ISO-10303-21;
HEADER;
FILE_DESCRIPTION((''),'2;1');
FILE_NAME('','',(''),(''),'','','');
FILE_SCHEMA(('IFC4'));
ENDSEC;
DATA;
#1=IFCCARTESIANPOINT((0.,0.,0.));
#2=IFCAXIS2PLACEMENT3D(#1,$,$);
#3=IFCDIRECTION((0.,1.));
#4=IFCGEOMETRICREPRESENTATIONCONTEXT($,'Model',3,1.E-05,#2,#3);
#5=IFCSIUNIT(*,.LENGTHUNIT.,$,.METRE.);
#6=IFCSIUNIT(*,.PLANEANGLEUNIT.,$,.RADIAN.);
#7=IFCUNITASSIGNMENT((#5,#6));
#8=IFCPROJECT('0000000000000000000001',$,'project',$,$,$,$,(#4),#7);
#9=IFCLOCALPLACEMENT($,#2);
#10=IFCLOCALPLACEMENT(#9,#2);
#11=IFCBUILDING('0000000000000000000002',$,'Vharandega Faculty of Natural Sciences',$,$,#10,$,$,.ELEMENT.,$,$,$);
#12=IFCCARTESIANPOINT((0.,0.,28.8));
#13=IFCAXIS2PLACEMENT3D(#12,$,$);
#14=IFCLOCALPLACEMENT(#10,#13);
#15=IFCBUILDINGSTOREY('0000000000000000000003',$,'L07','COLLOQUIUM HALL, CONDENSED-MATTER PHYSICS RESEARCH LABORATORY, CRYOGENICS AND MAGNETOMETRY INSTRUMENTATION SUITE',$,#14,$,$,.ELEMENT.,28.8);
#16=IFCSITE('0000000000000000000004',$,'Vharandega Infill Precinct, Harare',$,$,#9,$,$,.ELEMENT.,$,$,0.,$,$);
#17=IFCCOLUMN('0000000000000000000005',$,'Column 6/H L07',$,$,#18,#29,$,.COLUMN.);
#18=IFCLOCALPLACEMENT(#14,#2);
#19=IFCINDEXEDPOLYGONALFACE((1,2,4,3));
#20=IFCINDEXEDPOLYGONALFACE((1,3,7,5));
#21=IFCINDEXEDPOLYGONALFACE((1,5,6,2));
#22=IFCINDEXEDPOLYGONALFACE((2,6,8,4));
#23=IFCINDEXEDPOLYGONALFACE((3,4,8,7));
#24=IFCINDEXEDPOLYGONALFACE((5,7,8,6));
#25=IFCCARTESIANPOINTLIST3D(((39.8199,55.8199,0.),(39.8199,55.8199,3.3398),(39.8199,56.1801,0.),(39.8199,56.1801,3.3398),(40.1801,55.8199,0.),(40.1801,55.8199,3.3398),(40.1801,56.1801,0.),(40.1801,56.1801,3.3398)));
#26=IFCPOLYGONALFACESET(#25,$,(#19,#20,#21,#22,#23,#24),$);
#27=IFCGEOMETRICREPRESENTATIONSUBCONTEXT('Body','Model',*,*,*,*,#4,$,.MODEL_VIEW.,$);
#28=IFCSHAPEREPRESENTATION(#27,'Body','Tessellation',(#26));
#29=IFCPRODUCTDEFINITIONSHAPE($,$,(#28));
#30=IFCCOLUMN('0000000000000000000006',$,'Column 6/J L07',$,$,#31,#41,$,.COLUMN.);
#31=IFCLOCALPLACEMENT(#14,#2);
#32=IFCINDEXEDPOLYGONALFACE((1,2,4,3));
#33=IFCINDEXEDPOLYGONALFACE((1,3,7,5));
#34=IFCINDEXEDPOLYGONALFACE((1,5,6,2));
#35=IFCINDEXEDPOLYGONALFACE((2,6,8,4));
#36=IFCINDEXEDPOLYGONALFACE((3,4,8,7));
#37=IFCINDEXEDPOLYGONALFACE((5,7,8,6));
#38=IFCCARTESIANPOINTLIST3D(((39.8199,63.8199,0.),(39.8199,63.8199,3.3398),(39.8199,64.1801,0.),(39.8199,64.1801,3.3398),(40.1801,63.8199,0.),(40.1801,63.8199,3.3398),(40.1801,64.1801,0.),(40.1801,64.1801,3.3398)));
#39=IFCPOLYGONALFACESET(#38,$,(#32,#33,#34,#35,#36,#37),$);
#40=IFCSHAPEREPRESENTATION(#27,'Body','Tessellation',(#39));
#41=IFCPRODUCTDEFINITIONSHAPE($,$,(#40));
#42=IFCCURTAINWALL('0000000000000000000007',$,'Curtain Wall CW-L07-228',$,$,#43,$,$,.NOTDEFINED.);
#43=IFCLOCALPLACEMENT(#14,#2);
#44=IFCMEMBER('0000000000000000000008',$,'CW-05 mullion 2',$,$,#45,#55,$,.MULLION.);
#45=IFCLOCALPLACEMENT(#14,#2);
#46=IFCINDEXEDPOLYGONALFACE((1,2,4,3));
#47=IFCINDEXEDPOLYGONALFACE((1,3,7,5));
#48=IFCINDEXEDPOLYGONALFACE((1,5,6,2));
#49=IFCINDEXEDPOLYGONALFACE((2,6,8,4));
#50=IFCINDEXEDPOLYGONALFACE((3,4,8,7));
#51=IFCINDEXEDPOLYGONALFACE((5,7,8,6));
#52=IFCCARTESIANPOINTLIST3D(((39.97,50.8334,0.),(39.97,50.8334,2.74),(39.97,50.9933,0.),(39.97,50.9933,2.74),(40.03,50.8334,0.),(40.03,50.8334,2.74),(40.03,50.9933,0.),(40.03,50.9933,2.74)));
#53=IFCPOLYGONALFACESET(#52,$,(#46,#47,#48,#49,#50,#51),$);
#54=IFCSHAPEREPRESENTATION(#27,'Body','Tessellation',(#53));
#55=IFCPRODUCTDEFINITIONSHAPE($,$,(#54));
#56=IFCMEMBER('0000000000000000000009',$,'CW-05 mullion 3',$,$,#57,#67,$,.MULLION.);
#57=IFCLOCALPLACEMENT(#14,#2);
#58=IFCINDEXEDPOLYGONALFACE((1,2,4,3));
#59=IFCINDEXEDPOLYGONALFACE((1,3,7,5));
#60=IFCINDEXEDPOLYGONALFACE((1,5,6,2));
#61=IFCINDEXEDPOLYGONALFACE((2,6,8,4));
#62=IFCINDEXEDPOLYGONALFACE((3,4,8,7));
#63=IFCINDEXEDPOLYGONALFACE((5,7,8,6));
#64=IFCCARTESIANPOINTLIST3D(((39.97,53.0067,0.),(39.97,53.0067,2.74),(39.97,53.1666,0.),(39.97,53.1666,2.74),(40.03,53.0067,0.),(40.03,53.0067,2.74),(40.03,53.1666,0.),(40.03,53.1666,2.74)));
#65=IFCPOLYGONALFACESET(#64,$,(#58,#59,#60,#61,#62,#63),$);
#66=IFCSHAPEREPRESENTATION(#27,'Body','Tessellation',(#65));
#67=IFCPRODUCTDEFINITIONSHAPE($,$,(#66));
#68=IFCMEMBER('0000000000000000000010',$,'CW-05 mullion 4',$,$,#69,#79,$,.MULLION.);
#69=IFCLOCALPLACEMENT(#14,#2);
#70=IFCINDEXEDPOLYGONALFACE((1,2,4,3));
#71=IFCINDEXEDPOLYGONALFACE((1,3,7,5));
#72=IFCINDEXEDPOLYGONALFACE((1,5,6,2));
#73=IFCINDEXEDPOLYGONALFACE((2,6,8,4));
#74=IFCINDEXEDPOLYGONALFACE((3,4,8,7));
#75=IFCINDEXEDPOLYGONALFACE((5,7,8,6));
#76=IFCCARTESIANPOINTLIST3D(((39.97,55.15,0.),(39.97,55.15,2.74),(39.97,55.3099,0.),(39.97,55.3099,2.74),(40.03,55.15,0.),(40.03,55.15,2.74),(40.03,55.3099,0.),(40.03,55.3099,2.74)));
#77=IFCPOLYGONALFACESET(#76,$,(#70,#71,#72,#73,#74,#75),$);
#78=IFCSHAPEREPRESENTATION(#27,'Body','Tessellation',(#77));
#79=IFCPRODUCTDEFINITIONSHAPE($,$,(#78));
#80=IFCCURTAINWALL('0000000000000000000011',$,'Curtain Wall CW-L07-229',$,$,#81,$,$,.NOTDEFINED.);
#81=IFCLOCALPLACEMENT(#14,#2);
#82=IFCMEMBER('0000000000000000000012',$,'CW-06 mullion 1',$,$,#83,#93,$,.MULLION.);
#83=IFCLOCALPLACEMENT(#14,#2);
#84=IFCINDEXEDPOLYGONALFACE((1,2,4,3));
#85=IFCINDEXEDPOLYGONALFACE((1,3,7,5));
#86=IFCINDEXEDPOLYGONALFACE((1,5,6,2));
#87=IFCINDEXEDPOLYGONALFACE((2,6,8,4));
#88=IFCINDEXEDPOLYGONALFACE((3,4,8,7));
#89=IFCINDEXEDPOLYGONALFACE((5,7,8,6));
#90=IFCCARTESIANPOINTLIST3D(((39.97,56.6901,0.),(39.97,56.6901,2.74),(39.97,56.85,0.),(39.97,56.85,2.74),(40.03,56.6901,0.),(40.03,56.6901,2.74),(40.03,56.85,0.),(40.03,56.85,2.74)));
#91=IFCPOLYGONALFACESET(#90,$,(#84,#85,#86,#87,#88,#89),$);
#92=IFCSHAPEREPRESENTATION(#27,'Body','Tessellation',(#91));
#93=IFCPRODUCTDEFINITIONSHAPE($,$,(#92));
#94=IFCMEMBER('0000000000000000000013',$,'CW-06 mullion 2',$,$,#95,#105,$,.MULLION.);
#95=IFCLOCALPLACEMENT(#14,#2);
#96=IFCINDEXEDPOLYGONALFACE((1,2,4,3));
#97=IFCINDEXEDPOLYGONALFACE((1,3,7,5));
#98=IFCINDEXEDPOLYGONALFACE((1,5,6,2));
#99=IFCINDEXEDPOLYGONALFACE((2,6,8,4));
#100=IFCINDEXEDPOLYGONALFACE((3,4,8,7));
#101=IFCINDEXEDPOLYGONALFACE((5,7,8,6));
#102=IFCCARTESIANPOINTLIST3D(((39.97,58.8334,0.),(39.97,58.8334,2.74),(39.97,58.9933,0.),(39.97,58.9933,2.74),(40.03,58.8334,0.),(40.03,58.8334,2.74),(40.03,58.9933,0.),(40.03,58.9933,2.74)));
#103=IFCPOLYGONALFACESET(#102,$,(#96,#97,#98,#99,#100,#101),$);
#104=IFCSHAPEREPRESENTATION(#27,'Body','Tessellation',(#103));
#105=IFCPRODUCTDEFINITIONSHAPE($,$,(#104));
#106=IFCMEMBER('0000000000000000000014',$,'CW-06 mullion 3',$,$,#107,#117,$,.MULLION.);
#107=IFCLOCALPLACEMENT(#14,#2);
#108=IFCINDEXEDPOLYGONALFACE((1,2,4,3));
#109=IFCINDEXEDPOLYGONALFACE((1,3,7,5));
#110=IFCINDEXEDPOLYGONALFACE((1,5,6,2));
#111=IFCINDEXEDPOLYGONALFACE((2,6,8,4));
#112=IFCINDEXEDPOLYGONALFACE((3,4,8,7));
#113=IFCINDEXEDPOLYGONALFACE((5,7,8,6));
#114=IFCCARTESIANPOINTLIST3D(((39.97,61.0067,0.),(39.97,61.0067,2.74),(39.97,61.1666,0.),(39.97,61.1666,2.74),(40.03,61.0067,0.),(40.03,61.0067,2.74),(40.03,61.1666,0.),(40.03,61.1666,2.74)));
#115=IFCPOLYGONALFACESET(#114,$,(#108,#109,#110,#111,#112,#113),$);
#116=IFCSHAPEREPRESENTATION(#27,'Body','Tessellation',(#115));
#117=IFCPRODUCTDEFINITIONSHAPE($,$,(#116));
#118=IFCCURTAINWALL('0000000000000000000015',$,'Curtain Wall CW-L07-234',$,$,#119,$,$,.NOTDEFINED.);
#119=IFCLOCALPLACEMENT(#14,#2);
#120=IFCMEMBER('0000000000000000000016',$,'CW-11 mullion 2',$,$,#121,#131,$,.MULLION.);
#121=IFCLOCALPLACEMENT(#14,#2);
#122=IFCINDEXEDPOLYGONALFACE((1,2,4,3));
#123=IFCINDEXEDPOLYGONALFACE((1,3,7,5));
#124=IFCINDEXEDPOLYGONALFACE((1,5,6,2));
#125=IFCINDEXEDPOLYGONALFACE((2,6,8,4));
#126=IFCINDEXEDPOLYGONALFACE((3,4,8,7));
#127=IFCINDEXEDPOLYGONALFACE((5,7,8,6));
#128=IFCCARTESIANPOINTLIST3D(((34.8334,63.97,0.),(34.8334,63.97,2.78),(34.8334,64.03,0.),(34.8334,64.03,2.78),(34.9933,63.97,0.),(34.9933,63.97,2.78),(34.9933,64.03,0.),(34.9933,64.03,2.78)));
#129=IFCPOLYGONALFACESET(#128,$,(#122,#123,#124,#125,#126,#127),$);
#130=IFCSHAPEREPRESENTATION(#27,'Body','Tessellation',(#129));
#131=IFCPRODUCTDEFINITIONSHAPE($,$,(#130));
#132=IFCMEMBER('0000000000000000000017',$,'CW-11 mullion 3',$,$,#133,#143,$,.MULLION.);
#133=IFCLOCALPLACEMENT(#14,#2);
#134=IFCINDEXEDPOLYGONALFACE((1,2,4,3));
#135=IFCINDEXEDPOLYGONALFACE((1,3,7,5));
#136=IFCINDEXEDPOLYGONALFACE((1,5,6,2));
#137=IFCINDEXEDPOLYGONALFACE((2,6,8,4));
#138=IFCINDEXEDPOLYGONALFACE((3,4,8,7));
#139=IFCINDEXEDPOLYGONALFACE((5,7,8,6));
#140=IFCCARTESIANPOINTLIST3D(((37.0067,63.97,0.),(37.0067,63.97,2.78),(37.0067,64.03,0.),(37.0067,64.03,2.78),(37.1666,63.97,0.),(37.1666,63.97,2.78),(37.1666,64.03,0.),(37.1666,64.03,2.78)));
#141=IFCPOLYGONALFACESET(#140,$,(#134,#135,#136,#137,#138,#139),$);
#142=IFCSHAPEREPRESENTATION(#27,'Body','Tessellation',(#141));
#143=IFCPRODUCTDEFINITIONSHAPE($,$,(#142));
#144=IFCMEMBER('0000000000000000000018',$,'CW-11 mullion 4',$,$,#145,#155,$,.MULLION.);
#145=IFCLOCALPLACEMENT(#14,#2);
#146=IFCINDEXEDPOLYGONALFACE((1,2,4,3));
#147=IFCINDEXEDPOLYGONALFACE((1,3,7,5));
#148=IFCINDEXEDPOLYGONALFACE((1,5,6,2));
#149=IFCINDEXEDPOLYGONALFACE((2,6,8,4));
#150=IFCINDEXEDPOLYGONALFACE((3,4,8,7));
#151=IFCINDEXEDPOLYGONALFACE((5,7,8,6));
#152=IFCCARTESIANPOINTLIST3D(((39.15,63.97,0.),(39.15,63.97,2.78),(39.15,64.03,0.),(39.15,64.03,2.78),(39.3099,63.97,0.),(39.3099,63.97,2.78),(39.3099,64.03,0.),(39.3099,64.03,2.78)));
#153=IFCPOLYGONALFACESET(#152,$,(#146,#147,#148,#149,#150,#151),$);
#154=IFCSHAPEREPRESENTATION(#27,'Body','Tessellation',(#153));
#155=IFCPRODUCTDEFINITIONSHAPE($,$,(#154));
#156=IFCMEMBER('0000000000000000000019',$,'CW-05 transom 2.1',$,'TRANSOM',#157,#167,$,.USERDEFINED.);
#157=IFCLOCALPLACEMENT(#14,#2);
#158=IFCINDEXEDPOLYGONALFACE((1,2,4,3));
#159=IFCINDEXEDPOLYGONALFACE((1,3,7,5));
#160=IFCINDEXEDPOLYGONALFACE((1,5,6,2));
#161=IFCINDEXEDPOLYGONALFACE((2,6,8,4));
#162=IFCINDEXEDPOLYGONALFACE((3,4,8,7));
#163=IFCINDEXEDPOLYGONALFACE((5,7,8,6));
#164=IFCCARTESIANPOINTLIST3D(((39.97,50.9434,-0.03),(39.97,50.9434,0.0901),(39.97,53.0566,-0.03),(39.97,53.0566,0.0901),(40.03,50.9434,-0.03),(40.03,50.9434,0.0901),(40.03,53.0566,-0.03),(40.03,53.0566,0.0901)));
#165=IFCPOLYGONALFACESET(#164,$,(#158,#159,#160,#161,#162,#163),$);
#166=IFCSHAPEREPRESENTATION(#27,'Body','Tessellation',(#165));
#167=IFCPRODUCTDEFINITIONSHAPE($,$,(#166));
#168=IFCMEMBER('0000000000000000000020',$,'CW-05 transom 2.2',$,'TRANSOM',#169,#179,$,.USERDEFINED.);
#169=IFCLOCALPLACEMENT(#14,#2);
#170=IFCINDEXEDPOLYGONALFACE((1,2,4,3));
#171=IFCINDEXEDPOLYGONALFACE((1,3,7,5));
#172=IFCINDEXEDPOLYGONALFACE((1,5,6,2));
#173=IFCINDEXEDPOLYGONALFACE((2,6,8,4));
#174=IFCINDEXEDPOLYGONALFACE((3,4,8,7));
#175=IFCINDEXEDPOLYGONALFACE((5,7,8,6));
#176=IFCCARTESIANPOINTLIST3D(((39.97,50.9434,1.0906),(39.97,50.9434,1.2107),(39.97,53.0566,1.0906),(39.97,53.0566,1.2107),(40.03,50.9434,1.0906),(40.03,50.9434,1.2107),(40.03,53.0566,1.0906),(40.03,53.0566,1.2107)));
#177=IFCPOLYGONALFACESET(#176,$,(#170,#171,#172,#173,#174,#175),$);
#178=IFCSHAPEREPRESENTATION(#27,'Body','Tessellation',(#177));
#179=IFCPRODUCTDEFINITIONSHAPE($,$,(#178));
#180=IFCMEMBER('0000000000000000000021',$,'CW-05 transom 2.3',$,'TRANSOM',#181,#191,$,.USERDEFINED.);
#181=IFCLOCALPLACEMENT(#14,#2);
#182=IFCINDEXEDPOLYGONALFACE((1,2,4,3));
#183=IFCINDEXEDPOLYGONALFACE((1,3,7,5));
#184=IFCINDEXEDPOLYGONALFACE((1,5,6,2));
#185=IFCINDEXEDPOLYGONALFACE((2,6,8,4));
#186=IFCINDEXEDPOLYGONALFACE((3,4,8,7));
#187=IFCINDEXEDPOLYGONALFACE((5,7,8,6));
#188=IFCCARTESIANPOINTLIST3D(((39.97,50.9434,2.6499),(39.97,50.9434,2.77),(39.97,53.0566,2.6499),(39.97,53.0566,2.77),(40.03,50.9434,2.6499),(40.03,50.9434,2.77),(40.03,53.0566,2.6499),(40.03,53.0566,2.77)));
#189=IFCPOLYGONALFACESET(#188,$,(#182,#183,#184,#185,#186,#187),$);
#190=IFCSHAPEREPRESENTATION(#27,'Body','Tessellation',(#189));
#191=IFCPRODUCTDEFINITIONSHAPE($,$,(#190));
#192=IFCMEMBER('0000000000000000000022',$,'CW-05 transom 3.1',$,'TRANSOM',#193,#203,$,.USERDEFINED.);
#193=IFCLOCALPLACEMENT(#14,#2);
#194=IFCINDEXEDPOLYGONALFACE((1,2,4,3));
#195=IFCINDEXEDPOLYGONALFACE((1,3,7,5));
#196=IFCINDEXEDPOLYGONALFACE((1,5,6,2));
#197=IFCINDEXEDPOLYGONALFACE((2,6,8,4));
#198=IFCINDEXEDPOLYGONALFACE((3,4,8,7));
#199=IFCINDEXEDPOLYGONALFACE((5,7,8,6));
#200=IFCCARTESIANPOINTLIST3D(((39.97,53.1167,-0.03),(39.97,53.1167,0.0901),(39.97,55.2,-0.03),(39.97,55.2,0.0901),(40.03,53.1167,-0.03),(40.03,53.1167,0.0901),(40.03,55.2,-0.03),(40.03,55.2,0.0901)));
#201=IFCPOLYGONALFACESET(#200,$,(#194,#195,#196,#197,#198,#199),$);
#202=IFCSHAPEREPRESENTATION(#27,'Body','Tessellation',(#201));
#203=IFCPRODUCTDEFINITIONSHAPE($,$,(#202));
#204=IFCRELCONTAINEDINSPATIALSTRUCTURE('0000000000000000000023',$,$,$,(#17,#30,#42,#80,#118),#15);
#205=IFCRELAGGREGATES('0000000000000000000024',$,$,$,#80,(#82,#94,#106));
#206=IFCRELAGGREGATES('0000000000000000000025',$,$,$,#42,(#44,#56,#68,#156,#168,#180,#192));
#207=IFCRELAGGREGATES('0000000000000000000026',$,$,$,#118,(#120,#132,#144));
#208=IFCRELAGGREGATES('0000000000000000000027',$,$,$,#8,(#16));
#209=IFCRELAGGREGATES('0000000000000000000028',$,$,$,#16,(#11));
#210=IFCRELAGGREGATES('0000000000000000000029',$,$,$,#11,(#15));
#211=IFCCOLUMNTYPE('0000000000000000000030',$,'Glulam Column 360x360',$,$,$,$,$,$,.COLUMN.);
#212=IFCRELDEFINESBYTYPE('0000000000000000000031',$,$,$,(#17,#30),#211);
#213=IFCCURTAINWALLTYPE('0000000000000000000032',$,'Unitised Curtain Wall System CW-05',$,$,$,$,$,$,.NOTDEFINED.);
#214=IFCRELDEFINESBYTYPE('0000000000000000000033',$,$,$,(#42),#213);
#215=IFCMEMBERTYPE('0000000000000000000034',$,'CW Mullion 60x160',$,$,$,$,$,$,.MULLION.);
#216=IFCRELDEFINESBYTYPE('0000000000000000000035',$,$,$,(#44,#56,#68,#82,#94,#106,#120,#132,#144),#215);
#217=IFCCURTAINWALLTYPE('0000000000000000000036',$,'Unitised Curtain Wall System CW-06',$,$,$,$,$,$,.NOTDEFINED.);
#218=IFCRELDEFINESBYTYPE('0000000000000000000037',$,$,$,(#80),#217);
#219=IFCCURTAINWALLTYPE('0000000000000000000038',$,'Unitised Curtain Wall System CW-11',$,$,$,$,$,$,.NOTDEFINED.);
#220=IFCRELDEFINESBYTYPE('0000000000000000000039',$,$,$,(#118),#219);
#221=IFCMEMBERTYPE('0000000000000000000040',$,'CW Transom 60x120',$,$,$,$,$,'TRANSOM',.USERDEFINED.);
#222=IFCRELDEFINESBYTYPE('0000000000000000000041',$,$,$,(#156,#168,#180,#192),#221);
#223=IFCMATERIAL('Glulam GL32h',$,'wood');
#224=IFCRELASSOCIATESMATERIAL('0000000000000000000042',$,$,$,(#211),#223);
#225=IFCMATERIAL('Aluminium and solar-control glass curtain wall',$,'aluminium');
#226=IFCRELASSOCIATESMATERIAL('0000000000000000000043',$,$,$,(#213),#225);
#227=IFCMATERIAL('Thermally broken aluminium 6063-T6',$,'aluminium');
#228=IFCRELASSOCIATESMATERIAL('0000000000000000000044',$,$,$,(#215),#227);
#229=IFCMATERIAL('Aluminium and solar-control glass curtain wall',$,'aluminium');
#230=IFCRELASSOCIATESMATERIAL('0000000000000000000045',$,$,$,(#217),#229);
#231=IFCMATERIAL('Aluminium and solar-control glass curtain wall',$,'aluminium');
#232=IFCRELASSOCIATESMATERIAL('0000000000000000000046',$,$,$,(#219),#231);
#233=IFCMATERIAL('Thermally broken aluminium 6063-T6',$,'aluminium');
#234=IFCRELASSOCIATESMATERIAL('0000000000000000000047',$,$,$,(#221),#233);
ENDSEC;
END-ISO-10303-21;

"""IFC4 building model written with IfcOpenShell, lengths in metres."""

from ifc_helpers import new_model, si_unit, direction, frame, origin, origin_2d, place, context, subcontext, project, spatial, rectangle, extrude, material, material_profile, profile_set, type_object, element, aggregate, save


model = new_model("IFC4")

# Units and contexts
model_context = context("Model", 3, precision=1e-05, world=origin(), true_north=direction((0.0, 1.0)))
body_context = subcontext(model_context, "Body", "Model", "MODEL_VIEW")
ifc_project = project(units=[si_unit("LENGTHUNIT", "METRE"), si_unit("PLANEANGLEUNIT", "RADIAN")], contexts=[model_context])

# Site, building, storey
site_placement = place(None, origin())
site = spatial("IfcSite", under=ifc_project, at=site_placement, Name="Vharandega Infill Precinct, Harare", CompositionType="ELEMENT", RefElevation=0.0)
building_placement = place(site_placement, origin())
building = spatial("IfcBuilding", under=site, at=building_placement, Name="Vharandega Faculty of Natural Sciences", CompositionType="ELEMENT")
storey_placement = place(building_placement, frame((0.0, 0.0, 28.8)))
storey = spatial("IfcBuildingStorey", under=building, at=storey_placement, Name="L07", Description="COLLOQUIUM HALL, CONDENSED-MATTER PHYSICS RESEARCH LABORATORY, CRYOGENICS AND MAGNETOMETRY INSTRUMENTATION SUITE", CompositionType="ELEMENT", Elevation=28.8)

# Columns
ifc_material_1 = material(Name="Glulam GL32h", Category="wood")
ifc_material_profile_1 = material_profile(ifc_material_1, rectangle(XDim=0.3601, YDim=0.3601, at=origin_2d()), Name="GL32h 360x360")
ifc_profile_set_1 = profile_set([ifc_material_profile_1], Name="Glulam GL32h")
column_type = type_object("IfcColumnType", Name="Glulam Column 360x360", PredefinedType="COLUMN", material=ifc_profile_set_1)
for number, where, z_axis, x_axis, name in (
    (1, (40.0, 56.0, 0.0), (0.0, 0.0, 1.0), (1.0, 0.0, 0.0), "Column 6/H L07"),
    (2, (40.0, 64.0, 0.0), (0.0, 0.0, 1.0), (1.0, 0.0, 0.0), "Column 6/J L07"),
):
    element("IfcColumn", number, at=place(storey_placement, frame(where, z_axis=z_axis, x_axis=x_axis)), inside=storey, type_object=column_type, Name=name, PredefinedType="COLUMN", context=body_context, shape_type="SweptSolid", body=[
        extrude(rectangle(XDim=0.3601, YDim=0.3601, at=origin_2d()), origin(), (0.0, 0.0, 1.0), 3.3398),
    ])

# Curtain walls, members
ifc_material_2 = material(Name="Aluminium and solar-control glass curtain wall", Category="aluminium")
curtain_wall_type_1 = type_object("IfcCurtainWallType", Name="Unitised Curtain Wall System CW-05", PredefinedType="NOTDEFINED", material=ifc_material_2)
curtain_wall_1_placement = place(storey_placement, origin())
curtain_wall_1 = element("IfcCurtainWall", 3, at=curtain_wall_1_placement, inside=storey, type_object=curtain_wall_type_1, Name="Curtain Wall CW-L07-228", PredefinedType="NOTDEFINED")
ifc_material_3 = material(Name="Thermally broken aluminium 6063-T6", Category="aluminium")
ifc_material_profile_2 = material_profile(ifc_material_3, rectangle(XDim=0.0601, YDim=0.1599, at=origin_2d()), Name="ALU 60x160")
ifc_profile_set_2 = profile_set([ifc_material_profile_2], Name="Thermally broken aluminium 6063-T6")
member_type_1 = type_object("IfcMemberType", Name="CW Mullion 60x160", PredefinedType="MULLION", material=ifc_profile_set_2)
member_1_placement = place(storey_placement, frame((40.0, 50.9133, 0.0), z_axis=(0.0, 0.0, 1.0), x_axis=(-1.0, 0.0, 0.0)))
member_1 = element("IfcMember", 4, at=member_1_placement, type_object=member_type_1, Name="CW-05 mullion 2", PredefinedType="MULLION", context=body_context, shape_type="SweptSolid", body=[
    extrude(rectangle(XDim=0.0601, YDim=0.1599, at=origin_2d()), origin(), (0.0, 0.0, 1.0), 2.74),
])
member_2_placement = place(storey_placement, frame((40.0, 53.0867, 0.0), z_axis=(0.0, 0.0, 1.0), x_axis=(-1.0, 0.0, 0.0)))
member_2 = element("IfcMember", 5, at=member_2_placement, type_object=member_type_1, Name="CW-05 mullion 3", PredefinedType="MULLION", context=body_context, shape_type="SweptSolid", body=[
    extrude(rectangle(XDim=0.0601, YDim=0.1599, at=origin_2d()), origin(), (0.0, 0.0, 1.0), 2.74),
])
member_3_placement = place(storey_placement, frame((40.0, 55.23, 0.0), z_axis=(0.0, 0.0, 1.0), x_axis=(-1.0, 0.0, 0.0)))
member_3 = element("IfcMember", 6, at=member_3_placement, type_object=member_type_1, Name="CW-05 mullion 4", PredefinedType="MULLION", context=body_context, shape_type="SweptSolid", body=[
    extrude(rectangle(XDim=0.0601, YDim=0.1599, at=origin_2d()), origin(), (0.0, 0.0, 1.0), 2.74),
])
ifc_material_4 = material(Name="Aluminium and solar-control glass curtain wall", Category="aluminium")
curtain_wall_type_2 = type_object("IfcCurtainWallType", Name="Unitised Curtain Wall System CW-06", PredefinedType="NOTDEFINED", material=ifc_material_4)
curtain_wall_2_placement = place(storey_placement, origin())
curtain_wall_2 = element("IfcCurtainWall", 7, at=curtain_wall_2_placement, inside=storey, type_object=curtain_wall_type_2, Name="Curtain Wall CW-L07-229", PredefinedType="NOTDEFINED")
member_4_placement = place(storey_placement, frame((40.0, 56.77, 0.0), z_axis=(0.0, 0.0, 1.0), x_axis=(-1.0, 0.0, 0.0)))
member_4 = element("IfcMember", 8, at=member_4_placement, type_object=member_type_1, Name="CW-06 mullion 1", PredefinedType="MULLION", context=body_context, shape_type="SweptSolid", body=[
    extrude(rectangle(XDim=0.0601, YDim=0.1599, at=origin_2d()), origin(), (0.0, 0.0, 1.0), 2.74),
])
member_5_placement = place(storey_placement, frame((40.0, 58.9133, 0.0), z_axis=(0.0, 0.0, 1.0), x_axis=(-1.0, 0.0, 0.0)))
member_5 = element("IfcMember", 9, at=member_5_placement, type_object=member_type_1, Name="CW-06 mullion 2", PredefinedType="MULLION", context=body_context, shape_type="SweptSolid", body=[
    extrude(rectangle(XDim=0.0601, YDim=0.1599, at=origin_2d()), origin(), (0.0, 0.0, 1.0), 2.74),
])
member_6_placement = place(storey_placement, frame((40.0, 61.0867, 0.0), z_axis=(0.0, 0.0, 1.0), x_axis=(-1.0, 0.0, 0.0)))
member_6 = element("IfcMember", 10, at=member_6_placement, type_object=member_type_1, Name="CW-06 mullion 3", PredefinedType="MULLION", context=body_context, shape_type="SweptSolid", body=[
    extrude(rectangle(XDim=0.0601, YDim=0.1599, at=origin_2d()), origin(), (0.0, 0.0, 1.0), 2.74),
])
aggregate(curtain_wall_2, [member_4, member_5, member_6])
ifc_material_5 = material(Name="Aluminium and solar-control glass curtain wall", Category="aluminium")
curtain_wall_type_3 = type_object("IfcCurtainWallType", Name="Unitised Curtain Wall System CW-11", PredefinedType="NOTDEFINED", material=ifc_material_5)
curtain_wall_3_placement = place(storey_placement, origin())
curtain_wall_3 = element("IfcCurtainWall", 11, at=curtain_wall_3_placement, inside=storey, type_object=curtain_wall_type_3, Name="Curtain Wall CW-L07-234", PredefinedType="NOTDEFINED")
member_7_placement = place(storey_placement, frame((34.9133, 64.0, 0.0), z_axis=(0.0, 0.0, 1.0), x_axis=(0.0, 1.0, 0.0)))
member_7 = element("IfcMember", 12, at=member_7_placement, type_object=member_type_1, Name="CW-11 mullion 2", PredefinedType="MULLION", context=body_context, shape_type="SweptSolid", body=[
    extrude(rectangle(XDim=0.0601, YDim=0.1599, at=origin_2d()), origin(), (0.0, 0.0, 1.0), 2.78),
])
member_8_placement = place(storey_placement, frame((37.0867, 64.0, 0.0), z_axis=(0.0, 0.0, 1.0), x_axis=(0.0, 1.0, 0.0)))
member_8 = element("IfcMember", 13, at=member_8_placement, type_object=member_type_1, Name="CW-11 mullion 3", PredefinedType="MULLION", context=body_context, shape_type="SweptSolid", body=[
    extrude(rectangle(XDim=0.0601, YDim=0.1599, at=origin_2d()), origin(), (0.0, 0.0, 1.0), 2.78),
])
member_9_placement = place(storey_placement, frame((39.23, 64.0, 0.0), z_axis=(0.0, 0.0, 1.0), x_axis=(0.0, 1.0, 0.0)))
member_9 = element("IfcMember", 14, at=member_9_placement, type_object=member_type_1, Name="CW-11 mullion 4", PredefinedType="MULLION", context=body_context, shape_type="SweptSolid", body=[
    extrude(rectangle(XDim=0.0601, YDim=0.1599, at=origin_2d()), origin(), (0.0, 0.0, 1.0), 2.78),
])

# Members
ifc_material_6 = material(Name="Thermally broken aluminium 6063-T6", Category="aluminium")
ifc_material_profile_3 = material_profile(ifc_material_6, rectangle(XDim=0.0601, YDim=0.1201, at=origin_2d()), Name="ALU 60x120")
ifc_profile_set_3 = profile_set([ifc_material_profile_3], Name="Thermally broken aluminium 6063-T6")
member_type_2 = type_object("IfcMemberType", Name="CW Transom 60x120", ElementType="TRANSOM", PredefinedType="USERDEFINED", material=ifc_profile_set_3)
member_10_placement = place(storey_placement, frame((40.0, 50.9434, 0.03), z_axis=(0.0, 1.0, 0.0), x_axis=(-1.0, 0.0, 0.0)))
member_10 = element("IfcMember", 15, at=member_10_placement, type_object=member_type_2, Name="CW-05 transom 2.1", ObjectType="TRANSOM", PredefinedType="USERDEFINED", context=body_context, shape_type="SweptSolid", body=[
    extrude(rectangle(XDim=0.0601, YDim=0.1201, at=origin_2d()), origin(), (0.0, 0.0, 1.0), 2.1133),
])
member_11_placement = place(storey_placement, frame((40.0, 50.9434, 1.1506), z_axis=(0.0, 1.0, 0.0), x_axis=(-1.0, 0.0, 0.0)))
member_11 = element("IfcMember", 16, at=member_11_placement, type_object=member_type_2, Name="CW-05 transom 2.2", ObjectType="TRANSOM", PredefinedType="USERDEFINED", context=body_context, shape_type="SweptSolid", body=[
    extrude(rectangle(XDim=0.0601, YDim=0.1201, at=origin_2d()), origin(), (0.0, 0.0, 1.0), 2.1133),
])
member_12_placement = place(storey_placement, frame((40.0, 50.9434, 2.71), z_axis=(0.0, 1.0, 0.0), x_axis=(-1.0, 0.0, 0.0)))
member_12 = element("IfcMember", 17, at=member_12_placement, type_object=member_type_2, Name="CW-05 transom 2.3", ObjectType="TRANSOM", PredefinedType="USERDEFINED", context=body_context, shape_type="SweptSolid", body=[
    extrude(rectangle(XDim=0.0601, YDim=0.1201, at=origin_2d()), origin(), (0.0, 0.0, 1.0), 2.1133),
])
member_13_placement = place(storey_placement, frame((40.0, 53.1167, 0.03), z_axis=(0.0, 1.0, 0.0), x_axis=(-1.0, 0.0, 0.0)))
member_13 = element("IfcMember", 18, at=member_13_placement, type_object=member_type_2, Name="CW-05 transom 3.1", ObjectType="TRANSOM", PredefinedType="USERDEFINED", context=body_context, shape_type="SweptSolid", body=[
    extrude(rectangle(XDim=0.0601, YDim=0.1201, at=origin_2d()), origin(), (0.0, 0.0, 1.0), 2.0833),
])

aggregate(curtain_wall_1, [member_1, member_2, member_3, member_10, member_11, member_12, member_13])
aggregate(curtain_wall_3, [member_7, member_8, member_9])

save(model, "model.ifc")
